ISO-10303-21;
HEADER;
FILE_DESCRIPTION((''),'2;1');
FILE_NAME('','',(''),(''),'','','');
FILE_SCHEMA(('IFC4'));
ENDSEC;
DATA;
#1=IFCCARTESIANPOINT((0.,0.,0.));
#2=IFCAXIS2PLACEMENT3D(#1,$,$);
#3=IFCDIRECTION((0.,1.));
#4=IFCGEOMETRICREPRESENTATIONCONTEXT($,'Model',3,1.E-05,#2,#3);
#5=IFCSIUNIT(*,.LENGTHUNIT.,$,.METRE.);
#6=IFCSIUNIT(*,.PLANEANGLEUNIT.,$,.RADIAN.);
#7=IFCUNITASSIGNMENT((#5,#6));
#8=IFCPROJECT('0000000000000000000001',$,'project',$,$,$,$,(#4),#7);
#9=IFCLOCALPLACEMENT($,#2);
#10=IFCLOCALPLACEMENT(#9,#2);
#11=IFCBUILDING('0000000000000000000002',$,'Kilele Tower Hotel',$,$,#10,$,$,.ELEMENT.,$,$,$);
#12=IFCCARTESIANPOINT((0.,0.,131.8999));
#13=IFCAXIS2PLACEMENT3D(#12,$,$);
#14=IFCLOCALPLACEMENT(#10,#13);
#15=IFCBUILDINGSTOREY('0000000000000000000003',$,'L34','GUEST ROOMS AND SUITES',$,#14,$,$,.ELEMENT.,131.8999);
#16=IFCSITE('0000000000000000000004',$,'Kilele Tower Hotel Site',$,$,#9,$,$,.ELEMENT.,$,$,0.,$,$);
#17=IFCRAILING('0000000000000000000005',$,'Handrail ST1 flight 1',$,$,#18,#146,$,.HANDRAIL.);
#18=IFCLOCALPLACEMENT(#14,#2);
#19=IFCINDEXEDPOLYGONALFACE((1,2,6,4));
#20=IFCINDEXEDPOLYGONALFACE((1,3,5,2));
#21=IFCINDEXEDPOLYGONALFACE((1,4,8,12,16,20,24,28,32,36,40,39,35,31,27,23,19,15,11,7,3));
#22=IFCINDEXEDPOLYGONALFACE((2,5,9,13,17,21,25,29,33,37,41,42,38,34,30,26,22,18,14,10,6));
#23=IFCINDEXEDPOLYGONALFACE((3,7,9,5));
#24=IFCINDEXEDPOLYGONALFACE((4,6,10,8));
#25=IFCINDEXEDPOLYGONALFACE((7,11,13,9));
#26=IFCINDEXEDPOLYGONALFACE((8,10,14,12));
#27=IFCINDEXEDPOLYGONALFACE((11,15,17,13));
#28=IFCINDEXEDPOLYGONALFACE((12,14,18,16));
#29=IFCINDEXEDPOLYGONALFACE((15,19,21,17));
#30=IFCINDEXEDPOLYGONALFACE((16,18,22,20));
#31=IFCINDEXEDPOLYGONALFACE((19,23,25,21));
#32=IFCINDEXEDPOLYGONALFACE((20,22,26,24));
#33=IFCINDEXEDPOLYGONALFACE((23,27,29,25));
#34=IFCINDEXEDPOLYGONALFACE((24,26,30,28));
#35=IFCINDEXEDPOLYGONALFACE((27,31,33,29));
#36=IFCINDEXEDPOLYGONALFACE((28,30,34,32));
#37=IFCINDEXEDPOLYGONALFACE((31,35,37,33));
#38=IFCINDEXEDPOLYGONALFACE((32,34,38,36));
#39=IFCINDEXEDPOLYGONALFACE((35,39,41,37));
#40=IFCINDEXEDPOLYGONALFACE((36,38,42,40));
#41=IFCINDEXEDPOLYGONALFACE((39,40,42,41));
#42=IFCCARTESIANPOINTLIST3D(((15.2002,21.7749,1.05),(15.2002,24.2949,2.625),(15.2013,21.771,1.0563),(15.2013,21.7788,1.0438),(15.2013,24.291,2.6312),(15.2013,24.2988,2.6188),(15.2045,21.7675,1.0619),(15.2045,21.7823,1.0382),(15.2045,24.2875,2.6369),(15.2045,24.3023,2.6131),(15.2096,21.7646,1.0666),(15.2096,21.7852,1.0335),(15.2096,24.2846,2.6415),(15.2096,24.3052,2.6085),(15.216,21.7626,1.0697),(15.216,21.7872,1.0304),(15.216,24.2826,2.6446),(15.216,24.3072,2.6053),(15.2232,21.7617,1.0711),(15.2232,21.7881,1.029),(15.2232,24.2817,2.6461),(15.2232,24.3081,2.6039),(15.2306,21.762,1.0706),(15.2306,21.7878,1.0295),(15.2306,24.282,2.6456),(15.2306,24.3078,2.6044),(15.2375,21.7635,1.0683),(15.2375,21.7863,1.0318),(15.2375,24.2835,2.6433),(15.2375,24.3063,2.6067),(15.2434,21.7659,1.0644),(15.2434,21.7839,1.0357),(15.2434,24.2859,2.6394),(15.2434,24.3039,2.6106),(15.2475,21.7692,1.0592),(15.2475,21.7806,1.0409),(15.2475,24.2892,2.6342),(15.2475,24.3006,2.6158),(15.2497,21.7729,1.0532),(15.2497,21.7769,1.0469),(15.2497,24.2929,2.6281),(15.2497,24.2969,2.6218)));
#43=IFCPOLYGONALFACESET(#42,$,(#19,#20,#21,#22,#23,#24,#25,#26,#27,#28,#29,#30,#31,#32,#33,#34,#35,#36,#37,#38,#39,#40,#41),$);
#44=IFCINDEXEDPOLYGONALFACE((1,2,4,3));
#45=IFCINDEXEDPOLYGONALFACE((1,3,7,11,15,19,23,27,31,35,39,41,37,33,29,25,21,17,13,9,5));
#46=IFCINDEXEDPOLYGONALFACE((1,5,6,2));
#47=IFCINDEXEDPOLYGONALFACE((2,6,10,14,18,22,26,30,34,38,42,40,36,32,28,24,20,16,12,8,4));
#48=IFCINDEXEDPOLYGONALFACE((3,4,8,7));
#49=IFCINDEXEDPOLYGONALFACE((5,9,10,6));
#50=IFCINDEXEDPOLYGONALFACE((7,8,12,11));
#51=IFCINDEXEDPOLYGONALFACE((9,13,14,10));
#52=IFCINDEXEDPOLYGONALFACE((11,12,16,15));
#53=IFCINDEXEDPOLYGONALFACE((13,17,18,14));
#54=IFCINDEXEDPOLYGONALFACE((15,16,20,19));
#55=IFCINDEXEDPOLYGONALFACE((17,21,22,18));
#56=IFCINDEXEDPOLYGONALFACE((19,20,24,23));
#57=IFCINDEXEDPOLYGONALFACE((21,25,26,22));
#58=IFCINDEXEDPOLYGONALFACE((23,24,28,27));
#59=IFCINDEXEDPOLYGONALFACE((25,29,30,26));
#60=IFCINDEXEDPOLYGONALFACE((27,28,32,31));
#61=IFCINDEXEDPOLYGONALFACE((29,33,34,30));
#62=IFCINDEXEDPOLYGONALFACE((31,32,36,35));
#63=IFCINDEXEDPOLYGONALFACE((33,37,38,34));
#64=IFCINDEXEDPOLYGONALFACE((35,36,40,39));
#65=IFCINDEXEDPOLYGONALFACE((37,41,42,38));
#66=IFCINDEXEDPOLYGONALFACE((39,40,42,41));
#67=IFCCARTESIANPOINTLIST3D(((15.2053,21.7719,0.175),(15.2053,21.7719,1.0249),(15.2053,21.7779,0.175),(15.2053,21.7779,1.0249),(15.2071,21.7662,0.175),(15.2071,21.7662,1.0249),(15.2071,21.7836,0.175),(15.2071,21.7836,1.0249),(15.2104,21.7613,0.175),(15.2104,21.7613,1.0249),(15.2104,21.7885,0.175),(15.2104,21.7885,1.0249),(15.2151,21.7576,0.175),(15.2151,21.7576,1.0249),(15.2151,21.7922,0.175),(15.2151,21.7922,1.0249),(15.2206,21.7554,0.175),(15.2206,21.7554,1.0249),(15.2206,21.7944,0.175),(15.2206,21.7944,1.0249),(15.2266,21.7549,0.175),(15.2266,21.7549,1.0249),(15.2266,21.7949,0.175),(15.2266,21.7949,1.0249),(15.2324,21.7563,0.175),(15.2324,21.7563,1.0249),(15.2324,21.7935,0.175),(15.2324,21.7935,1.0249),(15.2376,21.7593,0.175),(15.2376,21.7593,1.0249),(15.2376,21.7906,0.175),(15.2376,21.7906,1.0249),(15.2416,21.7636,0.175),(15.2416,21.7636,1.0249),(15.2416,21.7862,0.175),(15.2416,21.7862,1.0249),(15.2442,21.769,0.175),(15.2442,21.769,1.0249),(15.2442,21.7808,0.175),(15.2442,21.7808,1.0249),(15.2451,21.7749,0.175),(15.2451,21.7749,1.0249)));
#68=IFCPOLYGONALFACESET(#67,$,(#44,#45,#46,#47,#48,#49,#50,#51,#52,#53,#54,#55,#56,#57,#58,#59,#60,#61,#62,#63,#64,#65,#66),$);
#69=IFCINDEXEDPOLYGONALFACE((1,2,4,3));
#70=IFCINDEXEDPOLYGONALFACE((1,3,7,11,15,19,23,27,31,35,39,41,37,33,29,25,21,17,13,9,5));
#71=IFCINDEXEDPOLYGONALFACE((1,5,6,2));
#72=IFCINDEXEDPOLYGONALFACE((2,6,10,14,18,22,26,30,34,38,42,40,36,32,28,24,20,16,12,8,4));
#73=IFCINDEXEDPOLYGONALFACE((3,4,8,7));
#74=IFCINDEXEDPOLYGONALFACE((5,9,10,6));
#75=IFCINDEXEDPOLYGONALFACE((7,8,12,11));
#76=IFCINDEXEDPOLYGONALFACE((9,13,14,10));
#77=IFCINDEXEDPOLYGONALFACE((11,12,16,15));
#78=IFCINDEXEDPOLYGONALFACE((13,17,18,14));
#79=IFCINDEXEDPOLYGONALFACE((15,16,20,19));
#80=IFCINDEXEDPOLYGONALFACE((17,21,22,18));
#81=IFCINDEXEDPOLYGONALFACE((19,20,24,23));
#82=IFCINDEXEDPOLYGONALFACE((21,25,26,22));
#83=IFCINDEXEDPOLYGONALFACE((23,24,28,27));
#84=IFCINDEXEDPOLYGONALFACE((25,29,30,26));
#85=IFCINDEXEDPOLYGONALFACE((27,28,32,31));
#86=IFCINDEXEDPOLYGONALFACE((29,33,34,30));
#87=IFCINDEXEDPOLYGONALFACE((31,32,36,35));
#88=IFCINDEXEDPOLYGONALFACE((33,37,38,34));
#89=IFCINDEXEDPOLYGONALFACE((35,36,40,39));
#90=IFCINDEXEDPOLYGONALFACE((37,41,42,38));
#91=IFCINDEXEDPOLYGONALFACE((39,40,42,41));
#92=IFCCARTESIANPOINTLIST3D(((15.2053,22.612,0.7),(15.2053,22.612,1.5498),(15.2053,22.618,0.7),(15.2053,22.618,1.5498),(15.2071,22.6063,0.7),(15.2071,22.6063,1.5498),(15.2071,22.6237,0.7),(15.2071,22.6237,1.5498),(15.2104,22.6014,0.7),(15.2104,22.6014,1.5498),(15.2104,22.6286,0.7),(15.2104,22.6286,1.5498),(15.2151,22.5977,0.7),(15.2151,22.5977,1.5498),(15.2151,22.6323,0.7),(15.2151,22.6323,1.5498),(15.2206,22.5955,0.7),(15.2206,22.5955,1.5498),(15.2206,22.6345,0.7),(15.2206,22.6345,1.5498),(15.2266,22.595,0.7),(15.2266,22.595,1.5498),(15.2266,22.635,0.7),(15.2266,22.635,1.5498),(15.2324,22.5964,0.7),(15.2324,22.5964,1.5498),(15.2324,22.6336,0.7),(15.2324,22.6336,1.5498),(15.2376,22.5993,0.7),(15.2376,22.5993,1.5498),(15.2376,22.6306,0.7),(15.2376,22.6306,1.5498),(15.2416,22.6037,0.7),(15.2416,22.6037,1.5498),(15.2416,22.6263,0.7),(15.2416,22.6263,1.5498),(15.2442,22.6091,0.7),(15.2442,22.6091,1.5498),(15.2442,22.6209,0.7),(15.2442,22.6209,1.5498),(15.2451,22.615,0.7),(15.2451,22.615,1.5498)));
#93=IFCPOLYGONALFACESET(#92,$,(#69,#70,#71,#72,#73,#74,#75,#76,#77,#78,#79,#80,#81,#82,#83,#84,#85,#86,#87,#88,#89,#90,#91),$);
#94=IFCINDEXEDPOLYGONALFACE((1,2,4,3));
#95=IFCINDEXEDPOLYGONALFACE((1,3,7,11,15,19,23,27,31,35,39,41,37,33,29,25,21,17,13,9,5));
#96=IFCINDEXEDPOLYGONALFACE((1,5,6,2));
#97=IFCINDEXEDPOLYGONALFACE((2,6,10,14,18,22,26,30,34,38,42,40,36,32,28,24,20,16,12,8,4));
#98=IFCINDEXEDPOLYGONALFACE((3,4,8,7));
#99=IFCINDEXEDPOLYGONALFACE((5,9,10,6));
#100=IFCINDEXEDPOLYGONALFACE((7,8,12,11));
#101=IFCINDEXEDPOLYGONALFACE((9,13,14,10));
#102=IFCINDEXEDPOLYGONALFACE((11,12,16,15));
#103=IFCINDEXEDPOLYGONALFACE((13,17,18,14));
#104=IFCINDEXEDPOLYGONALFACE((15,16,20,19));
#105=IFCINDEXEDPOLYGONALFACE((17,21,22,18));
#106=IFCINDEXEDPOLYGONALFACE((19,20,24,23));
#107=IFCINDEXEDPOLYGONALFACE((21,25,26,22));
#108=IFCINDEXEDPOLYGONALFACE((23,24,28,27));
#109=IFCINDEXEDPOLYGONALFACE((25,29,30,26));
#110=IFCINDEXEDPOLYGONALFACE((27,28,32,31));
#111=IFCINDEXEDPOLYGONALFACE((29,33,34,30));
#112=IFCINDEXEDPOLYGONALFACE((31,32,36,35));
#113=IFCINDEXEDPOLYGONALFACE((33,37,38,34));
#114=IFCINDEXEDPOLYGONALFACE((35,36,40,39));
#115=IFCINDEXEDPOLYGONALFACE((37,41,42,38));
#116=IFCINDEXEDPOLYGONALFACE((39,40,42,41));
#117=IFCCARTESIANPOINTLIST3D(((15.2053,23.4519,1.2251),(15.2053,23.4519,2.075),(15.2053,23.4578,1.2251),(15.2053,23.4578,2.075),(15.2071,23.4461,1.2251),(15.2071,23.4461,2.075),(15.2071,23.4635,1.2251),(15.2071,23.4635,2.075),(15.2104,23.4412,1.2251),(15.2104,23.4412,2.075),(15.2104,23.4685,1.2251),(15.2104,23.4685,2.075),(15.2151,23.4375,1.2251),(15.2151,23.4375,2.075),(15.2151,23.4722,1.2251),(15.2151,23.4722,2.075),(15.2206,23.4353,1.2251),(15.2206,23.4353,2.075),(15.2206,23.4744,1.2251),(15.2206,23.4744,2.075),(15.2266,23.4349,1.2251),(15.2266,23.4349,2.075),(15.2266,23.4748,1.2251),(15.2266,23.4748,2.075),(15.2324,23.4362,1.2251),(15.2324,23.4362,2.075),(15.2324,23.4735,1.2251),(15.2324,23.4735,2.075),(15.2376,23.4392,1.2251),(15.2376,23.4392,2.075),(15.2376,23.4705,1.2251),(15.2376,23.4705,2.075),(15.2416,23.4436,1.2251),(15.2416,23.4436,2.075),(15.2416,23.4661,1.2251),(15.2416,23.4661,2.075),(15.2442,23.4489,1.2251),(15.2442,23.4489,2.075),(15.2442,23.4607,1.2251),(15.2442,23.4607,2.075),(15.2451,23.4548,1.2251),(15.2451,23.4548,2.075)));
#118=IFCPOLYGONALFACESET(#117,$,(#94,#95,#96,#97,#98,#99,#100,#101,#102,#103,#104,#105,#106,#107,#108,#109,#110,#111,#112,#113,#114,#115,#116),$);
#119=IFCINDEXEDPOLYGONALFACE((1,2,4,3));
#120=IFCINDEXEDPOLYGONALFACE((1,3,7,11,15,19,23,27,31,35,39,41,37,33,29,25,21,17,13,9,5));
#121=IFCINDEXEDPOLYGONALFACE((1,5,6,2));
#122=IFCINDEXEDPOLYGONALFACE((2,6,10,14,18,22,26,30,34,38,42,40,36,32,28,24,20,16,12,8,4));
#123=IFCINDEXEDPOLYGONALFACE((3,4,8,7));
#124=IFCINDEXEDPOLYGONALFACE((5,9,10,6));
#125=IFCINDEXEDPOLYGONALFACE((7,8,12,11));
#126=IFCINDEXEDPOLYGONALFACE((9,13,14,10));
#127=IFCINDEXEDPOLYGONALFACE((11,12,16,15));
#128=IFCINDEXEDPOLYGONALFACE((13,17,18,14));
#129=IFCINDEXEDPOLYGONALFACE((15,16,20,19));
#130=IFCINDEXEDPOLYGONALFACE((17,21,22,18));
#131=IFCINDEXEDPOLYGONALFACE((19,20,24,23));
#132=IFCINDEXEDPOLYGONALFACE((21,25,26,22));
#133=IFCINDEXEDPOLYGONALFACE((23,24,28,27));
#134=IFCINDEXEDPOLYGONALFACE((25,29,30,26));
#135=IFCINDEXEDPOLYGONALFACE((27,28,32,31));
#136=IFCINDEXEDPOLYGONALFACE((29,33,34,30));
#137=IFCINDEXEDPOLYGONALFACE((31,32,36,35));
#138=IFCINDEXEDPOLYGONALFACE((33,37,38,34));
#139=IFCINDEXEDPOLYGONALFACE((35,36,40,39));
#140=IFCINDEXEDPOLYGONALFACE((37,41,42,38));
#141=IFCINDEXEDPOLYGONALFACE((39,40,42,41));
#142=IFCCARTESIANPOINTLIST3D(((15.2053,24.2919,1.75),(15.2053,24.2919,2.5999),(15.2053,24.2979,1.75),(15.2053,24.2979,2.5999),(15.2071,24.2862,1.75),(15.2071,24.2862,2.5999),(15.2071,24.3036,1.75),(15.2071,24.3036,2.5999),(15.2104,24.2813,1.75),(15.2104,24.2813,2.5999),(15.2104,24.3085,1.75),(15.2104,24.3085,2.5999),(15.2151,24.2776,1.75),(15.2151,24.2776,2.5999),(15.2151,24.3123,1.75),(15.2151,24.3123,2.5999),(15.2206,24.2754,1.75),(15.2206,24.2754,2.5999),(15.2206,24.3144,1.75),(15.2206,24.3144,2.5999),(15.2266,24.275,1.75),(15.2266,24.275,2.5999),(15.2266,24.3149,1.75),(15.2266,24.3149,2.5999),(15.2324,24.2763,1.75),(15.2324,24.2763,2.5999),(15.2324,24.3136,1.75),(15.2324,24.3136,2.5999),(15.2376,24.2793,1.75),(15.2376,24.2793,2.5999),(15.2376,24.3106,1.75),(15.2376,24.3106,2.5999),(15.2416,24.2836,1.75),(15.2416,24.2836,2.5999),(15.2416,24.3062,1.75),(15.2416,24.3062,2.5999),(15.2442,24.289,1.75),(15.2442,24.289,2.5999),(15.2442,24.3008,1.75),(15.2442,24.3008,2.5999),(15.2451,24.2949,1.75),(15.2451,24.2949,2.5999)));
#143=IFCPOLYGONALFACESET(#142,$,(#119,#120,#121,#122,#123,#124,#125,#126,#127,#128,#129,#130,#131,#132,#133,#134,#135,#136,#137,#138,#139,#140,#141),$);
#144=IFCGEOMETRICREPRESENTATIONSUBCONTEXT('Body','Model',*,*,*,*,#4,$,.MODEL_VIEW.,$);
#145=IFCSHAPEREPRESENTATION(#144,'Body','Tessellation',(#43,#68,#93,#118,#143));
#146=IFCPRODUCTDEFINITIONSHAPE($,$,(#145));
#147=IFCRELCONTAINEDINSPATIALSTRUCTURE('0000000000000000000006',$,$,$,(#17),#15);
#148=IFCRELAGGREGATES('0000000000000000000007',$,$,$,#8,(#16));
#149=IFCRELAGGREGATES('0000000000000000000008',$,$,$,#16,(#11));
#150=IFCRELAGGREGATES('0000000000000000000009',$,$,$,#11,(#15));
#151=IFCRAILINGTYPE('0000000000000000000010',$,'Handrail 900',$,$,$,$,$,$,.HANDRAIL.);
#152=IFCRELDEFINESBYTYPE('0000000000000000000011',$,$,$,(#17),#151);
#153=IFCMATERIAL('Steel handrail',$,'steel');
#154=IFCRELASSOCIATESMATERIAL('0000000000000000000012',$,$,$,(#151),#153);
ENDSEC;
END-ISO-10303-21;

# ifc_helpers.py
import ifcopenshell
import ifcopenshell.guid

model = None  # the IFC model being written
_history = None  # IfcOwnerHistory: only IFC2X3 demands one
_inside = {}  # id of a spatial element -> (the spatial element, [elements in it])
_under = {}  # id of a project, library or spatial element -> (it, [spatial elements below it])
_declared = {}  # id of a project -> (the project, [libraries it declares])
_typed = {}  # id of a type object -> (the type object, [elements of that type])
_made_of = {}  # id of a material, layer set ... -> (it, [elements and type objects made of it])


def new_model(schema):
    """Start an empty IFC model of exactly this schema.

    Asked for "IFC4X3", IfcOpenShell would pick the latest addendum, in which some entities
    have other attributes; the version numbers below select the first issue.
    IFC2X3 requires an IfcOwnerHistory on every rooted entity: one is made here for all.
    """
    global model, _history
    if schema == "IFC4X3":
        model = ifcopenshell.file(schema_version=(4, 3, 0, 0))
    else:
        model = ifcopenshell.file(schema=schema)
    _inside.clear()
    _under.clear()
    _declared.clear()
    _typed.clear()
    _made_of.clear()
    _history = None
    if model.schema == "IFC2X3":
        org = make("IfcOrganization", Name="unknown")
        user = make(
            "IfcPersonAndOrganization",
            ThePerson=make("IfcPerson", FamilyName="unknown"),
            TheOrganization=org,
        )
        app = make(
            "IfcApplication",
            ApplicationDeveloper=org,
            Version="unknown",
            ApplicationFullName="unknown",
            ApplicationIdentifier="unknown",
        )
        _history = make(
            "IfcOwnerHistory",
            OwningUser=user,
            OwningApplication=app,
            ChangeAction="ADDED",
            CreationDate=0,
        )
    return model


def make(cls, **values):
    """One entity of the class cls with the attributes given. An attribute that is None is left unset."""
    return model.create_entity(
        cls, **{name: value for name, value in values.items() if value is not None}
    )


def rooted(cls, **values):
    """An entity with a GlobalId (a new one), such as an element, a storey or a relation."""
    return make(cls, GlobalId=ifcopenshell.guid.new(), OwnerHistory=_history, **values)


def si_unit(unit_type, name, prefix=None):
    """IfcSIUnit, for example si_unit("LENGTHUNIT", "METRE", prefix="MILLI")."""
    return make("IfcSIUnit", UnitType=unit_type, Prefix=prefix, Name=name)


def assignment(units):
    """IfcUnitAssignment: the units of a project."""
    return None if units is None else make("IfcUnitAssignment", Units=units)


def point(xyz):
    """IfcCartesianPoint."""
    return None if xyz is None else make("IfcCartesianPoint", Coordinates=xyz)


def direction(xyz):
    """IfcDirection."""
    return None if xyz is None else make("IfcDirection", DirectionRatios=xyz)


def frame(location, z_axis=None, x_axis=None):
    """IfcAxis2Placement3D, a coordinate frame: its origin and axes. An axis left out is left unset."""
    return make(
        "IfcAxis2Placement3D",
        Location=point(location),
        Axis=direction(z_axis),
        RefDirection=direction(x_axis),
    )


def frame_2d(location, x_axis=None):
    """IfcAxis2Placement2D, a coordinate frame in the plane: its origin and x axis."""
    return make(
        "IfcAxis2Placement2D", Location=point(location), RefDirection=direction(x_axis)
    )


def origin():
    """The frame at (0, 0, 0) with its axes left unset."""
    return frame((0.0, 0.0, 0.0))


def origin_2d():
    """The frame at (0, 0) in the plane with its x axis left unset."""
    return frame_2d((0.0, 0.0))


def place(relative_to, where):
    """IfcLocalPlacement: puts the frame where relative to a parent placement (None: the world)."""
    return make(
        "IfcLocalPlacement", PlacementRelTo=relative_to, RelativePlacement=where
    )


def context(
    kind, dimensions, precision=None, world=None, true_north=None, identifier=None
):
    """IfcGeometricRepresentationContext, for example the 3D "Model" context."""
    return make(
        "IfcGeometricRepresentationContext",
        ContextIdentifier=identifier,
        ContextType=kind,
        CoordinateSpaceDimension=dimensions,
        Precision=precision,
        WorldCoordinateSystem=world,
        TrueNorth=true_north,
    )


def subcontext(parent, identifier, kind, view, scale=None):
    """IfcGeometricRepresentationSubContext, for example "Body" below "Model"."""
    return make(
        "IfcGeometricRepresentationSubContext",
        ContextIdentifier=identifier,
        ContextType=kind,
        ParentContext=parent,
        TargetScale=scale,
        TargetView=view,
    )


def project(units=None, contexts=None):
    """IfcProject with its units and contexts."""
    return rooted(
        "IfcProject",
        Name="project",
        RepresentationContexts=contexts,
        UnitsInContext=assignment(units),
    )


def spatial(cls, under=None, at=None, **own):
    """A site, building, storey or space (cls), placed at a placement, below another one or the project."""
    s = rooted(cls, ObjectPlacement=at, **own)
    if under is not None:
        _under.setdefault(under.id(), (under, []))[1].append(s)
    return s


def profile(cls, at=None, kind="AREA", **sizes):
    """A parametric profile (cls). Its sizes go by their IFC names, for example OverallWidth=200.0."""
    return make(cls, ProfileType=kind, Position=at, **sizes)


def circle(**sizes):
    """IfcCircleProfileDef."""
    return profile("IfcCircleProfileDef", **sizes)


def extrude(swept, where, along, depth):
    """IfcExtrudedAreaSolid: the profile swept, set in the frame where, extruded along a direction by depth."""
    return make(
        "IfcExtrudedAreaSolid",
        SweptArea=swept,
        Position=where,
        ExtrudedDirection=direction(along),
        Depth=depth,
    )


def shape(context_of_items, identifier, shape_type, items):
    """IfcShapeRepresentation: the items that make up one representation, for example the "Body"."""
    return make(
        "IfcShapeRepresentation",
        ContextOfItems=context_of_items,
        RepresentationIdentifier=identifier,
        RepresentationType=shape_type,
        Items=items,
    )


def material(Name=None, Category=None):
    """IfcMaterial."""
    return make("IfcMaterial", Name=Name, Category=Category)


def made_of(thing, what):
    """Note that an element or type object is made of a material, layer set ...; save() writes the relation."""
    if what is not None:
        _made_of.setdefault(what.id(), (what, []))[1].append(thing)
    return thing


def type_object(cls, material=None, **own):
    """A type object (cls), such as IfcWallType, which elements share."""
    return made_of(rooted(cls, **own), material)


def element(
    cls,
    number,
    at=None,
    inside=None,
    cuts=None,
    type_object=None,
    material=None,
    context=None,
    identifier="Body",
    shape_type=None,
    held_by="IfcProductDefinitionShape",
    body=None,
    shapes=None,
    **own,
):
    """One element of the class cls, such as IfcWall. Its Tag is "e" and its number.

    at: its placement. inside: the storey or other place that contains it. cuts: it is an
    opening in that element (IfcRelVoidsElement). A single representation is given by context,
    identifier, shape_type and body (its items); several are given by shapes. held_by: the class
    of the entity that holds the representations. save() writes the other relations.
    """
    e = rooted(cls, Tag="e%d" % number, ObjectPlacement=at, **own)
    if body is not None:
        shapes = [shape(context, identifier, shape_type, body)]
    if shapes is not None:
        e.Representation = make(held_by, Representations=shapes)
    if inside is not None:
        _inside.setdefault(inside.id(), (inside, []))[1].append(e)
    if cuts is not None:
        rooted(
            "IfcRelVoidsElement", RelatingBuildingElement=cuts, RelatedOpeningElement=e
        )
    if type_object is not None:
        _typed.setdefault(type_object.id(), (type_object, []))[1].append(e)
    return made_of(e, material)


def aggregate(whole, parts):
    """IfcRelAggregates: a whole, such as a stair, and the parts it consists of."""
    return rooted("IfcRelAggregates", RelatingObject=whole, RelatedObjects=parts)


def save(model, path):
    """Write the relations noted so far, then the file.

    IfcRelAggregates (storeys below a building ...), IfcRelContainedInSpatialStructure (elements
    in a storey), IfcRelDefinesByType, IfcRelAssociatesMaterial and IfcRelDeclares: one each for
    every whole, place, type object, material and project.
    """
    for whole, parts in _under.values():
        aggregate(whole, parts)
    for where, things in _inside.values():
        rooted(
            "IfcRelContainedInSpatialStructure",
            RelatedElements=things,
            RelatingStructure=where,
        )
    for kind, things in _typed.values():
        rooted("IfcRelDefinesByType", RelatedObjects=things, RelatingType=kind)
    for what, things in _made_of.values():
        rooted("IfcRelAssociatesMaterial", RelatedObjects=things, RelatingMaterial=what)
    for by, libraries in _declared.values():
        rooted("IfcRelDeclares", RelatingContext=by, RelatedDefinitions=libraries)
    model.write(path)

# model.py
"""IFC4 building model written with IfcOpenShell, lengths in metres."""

from ifc_helpers import new_model, si_unit, direction, frame, origin, origin_2d, place, context, subcontext, project, spatial, circle, extrude, material, type_object, element, save


model = new_model("IFC4")

# Units and contexts
model_context = context("Model", 3, precision=1e-05, world=origin(), true_north=direction((0.0, 1.0)))
body_context = subcontext(model_context, "Body", "Model", "MODEL_VIEW")
ifc_project = project(units=[si_unit("LENGTHUNIT", "METRE"), si_unit("PLANEANGLEUNIT", "RADIAN")], contexts=[model_context])

# Site, building, storey
site_placement = place(None, origin())
site = spatial("IfcSite", under=ifc_project, at=site_placement, Name="Kilele Tower Hotel Site", CompositionType="ELEMENT", RefElevation=0.0)
building_placement = place(site_placement, origin())
building = spatial("IfcBuilding", under=site, at=building_placement, Name="Kilele Tower Hotel", CompositionType="ELEMENT")
storey_placement = place(building_placement, frame((0.0, 0.0, 131.8999)))
storey = spatial("IfcBuildingStorey", under=building, at=storey_placement, Name="L34", Description="GUEST ROOMS AND SUITES", CompositionType="ELEMENT", Elevation=131.8999)

# Railing
ifc_material_1 = material(Name="Steel handrail", Category="steel")
railing_type_1 = type_object("IfcRailingType", Name="Handrail 900", PredefinedType="HANDRAIL", material=ifc_material_1)
for number, where, name in (
    (1, (15.2251, 21.7749, 0.175), "Handrail ST1 flight 1"),
):
    element("IfcRailing", number, at=place(storey_placement, frame(where)), inside=storey, type_object=railing_type_1, Name=name, PredefinedType="HANDRAIL", context=body_context, shape_type="SweptSolid", body=[
        extrude(circle(Radius=0.0249, at=origin_2d()), frame((0.0, 0.0, 0.875), z_axis=(0.0, 0.848008, 0.529984), x_axis=(-1.0, 0.0, 0.0)), (0.0, 0.0, 1.0), 2.9717),
        extrude(circle(Radius=0.02, at=origin_2d()), origin(), (0.0, 0.0, 1.0), 0.8499),
        extrude(circle(Radius=0.02, at=origin_2d()), frame((0.0, 0.8401, 0.5249)), (0.0, 0.0, 1.0), 0.8499),
        extrude(circle(Radius=0.02, at=origin_2d()), frame((0.0, 1.6799, 1.05)), (0.0, 0.0, 1.0), 0.8499),
        extrude(circle(Radius=0.02, at=origin_2d()), frame((0.0, 2.52, 1.575)), (0.0, 0.0, 1.0), 0.8499),
    ])

save(model, "model.ifc")
